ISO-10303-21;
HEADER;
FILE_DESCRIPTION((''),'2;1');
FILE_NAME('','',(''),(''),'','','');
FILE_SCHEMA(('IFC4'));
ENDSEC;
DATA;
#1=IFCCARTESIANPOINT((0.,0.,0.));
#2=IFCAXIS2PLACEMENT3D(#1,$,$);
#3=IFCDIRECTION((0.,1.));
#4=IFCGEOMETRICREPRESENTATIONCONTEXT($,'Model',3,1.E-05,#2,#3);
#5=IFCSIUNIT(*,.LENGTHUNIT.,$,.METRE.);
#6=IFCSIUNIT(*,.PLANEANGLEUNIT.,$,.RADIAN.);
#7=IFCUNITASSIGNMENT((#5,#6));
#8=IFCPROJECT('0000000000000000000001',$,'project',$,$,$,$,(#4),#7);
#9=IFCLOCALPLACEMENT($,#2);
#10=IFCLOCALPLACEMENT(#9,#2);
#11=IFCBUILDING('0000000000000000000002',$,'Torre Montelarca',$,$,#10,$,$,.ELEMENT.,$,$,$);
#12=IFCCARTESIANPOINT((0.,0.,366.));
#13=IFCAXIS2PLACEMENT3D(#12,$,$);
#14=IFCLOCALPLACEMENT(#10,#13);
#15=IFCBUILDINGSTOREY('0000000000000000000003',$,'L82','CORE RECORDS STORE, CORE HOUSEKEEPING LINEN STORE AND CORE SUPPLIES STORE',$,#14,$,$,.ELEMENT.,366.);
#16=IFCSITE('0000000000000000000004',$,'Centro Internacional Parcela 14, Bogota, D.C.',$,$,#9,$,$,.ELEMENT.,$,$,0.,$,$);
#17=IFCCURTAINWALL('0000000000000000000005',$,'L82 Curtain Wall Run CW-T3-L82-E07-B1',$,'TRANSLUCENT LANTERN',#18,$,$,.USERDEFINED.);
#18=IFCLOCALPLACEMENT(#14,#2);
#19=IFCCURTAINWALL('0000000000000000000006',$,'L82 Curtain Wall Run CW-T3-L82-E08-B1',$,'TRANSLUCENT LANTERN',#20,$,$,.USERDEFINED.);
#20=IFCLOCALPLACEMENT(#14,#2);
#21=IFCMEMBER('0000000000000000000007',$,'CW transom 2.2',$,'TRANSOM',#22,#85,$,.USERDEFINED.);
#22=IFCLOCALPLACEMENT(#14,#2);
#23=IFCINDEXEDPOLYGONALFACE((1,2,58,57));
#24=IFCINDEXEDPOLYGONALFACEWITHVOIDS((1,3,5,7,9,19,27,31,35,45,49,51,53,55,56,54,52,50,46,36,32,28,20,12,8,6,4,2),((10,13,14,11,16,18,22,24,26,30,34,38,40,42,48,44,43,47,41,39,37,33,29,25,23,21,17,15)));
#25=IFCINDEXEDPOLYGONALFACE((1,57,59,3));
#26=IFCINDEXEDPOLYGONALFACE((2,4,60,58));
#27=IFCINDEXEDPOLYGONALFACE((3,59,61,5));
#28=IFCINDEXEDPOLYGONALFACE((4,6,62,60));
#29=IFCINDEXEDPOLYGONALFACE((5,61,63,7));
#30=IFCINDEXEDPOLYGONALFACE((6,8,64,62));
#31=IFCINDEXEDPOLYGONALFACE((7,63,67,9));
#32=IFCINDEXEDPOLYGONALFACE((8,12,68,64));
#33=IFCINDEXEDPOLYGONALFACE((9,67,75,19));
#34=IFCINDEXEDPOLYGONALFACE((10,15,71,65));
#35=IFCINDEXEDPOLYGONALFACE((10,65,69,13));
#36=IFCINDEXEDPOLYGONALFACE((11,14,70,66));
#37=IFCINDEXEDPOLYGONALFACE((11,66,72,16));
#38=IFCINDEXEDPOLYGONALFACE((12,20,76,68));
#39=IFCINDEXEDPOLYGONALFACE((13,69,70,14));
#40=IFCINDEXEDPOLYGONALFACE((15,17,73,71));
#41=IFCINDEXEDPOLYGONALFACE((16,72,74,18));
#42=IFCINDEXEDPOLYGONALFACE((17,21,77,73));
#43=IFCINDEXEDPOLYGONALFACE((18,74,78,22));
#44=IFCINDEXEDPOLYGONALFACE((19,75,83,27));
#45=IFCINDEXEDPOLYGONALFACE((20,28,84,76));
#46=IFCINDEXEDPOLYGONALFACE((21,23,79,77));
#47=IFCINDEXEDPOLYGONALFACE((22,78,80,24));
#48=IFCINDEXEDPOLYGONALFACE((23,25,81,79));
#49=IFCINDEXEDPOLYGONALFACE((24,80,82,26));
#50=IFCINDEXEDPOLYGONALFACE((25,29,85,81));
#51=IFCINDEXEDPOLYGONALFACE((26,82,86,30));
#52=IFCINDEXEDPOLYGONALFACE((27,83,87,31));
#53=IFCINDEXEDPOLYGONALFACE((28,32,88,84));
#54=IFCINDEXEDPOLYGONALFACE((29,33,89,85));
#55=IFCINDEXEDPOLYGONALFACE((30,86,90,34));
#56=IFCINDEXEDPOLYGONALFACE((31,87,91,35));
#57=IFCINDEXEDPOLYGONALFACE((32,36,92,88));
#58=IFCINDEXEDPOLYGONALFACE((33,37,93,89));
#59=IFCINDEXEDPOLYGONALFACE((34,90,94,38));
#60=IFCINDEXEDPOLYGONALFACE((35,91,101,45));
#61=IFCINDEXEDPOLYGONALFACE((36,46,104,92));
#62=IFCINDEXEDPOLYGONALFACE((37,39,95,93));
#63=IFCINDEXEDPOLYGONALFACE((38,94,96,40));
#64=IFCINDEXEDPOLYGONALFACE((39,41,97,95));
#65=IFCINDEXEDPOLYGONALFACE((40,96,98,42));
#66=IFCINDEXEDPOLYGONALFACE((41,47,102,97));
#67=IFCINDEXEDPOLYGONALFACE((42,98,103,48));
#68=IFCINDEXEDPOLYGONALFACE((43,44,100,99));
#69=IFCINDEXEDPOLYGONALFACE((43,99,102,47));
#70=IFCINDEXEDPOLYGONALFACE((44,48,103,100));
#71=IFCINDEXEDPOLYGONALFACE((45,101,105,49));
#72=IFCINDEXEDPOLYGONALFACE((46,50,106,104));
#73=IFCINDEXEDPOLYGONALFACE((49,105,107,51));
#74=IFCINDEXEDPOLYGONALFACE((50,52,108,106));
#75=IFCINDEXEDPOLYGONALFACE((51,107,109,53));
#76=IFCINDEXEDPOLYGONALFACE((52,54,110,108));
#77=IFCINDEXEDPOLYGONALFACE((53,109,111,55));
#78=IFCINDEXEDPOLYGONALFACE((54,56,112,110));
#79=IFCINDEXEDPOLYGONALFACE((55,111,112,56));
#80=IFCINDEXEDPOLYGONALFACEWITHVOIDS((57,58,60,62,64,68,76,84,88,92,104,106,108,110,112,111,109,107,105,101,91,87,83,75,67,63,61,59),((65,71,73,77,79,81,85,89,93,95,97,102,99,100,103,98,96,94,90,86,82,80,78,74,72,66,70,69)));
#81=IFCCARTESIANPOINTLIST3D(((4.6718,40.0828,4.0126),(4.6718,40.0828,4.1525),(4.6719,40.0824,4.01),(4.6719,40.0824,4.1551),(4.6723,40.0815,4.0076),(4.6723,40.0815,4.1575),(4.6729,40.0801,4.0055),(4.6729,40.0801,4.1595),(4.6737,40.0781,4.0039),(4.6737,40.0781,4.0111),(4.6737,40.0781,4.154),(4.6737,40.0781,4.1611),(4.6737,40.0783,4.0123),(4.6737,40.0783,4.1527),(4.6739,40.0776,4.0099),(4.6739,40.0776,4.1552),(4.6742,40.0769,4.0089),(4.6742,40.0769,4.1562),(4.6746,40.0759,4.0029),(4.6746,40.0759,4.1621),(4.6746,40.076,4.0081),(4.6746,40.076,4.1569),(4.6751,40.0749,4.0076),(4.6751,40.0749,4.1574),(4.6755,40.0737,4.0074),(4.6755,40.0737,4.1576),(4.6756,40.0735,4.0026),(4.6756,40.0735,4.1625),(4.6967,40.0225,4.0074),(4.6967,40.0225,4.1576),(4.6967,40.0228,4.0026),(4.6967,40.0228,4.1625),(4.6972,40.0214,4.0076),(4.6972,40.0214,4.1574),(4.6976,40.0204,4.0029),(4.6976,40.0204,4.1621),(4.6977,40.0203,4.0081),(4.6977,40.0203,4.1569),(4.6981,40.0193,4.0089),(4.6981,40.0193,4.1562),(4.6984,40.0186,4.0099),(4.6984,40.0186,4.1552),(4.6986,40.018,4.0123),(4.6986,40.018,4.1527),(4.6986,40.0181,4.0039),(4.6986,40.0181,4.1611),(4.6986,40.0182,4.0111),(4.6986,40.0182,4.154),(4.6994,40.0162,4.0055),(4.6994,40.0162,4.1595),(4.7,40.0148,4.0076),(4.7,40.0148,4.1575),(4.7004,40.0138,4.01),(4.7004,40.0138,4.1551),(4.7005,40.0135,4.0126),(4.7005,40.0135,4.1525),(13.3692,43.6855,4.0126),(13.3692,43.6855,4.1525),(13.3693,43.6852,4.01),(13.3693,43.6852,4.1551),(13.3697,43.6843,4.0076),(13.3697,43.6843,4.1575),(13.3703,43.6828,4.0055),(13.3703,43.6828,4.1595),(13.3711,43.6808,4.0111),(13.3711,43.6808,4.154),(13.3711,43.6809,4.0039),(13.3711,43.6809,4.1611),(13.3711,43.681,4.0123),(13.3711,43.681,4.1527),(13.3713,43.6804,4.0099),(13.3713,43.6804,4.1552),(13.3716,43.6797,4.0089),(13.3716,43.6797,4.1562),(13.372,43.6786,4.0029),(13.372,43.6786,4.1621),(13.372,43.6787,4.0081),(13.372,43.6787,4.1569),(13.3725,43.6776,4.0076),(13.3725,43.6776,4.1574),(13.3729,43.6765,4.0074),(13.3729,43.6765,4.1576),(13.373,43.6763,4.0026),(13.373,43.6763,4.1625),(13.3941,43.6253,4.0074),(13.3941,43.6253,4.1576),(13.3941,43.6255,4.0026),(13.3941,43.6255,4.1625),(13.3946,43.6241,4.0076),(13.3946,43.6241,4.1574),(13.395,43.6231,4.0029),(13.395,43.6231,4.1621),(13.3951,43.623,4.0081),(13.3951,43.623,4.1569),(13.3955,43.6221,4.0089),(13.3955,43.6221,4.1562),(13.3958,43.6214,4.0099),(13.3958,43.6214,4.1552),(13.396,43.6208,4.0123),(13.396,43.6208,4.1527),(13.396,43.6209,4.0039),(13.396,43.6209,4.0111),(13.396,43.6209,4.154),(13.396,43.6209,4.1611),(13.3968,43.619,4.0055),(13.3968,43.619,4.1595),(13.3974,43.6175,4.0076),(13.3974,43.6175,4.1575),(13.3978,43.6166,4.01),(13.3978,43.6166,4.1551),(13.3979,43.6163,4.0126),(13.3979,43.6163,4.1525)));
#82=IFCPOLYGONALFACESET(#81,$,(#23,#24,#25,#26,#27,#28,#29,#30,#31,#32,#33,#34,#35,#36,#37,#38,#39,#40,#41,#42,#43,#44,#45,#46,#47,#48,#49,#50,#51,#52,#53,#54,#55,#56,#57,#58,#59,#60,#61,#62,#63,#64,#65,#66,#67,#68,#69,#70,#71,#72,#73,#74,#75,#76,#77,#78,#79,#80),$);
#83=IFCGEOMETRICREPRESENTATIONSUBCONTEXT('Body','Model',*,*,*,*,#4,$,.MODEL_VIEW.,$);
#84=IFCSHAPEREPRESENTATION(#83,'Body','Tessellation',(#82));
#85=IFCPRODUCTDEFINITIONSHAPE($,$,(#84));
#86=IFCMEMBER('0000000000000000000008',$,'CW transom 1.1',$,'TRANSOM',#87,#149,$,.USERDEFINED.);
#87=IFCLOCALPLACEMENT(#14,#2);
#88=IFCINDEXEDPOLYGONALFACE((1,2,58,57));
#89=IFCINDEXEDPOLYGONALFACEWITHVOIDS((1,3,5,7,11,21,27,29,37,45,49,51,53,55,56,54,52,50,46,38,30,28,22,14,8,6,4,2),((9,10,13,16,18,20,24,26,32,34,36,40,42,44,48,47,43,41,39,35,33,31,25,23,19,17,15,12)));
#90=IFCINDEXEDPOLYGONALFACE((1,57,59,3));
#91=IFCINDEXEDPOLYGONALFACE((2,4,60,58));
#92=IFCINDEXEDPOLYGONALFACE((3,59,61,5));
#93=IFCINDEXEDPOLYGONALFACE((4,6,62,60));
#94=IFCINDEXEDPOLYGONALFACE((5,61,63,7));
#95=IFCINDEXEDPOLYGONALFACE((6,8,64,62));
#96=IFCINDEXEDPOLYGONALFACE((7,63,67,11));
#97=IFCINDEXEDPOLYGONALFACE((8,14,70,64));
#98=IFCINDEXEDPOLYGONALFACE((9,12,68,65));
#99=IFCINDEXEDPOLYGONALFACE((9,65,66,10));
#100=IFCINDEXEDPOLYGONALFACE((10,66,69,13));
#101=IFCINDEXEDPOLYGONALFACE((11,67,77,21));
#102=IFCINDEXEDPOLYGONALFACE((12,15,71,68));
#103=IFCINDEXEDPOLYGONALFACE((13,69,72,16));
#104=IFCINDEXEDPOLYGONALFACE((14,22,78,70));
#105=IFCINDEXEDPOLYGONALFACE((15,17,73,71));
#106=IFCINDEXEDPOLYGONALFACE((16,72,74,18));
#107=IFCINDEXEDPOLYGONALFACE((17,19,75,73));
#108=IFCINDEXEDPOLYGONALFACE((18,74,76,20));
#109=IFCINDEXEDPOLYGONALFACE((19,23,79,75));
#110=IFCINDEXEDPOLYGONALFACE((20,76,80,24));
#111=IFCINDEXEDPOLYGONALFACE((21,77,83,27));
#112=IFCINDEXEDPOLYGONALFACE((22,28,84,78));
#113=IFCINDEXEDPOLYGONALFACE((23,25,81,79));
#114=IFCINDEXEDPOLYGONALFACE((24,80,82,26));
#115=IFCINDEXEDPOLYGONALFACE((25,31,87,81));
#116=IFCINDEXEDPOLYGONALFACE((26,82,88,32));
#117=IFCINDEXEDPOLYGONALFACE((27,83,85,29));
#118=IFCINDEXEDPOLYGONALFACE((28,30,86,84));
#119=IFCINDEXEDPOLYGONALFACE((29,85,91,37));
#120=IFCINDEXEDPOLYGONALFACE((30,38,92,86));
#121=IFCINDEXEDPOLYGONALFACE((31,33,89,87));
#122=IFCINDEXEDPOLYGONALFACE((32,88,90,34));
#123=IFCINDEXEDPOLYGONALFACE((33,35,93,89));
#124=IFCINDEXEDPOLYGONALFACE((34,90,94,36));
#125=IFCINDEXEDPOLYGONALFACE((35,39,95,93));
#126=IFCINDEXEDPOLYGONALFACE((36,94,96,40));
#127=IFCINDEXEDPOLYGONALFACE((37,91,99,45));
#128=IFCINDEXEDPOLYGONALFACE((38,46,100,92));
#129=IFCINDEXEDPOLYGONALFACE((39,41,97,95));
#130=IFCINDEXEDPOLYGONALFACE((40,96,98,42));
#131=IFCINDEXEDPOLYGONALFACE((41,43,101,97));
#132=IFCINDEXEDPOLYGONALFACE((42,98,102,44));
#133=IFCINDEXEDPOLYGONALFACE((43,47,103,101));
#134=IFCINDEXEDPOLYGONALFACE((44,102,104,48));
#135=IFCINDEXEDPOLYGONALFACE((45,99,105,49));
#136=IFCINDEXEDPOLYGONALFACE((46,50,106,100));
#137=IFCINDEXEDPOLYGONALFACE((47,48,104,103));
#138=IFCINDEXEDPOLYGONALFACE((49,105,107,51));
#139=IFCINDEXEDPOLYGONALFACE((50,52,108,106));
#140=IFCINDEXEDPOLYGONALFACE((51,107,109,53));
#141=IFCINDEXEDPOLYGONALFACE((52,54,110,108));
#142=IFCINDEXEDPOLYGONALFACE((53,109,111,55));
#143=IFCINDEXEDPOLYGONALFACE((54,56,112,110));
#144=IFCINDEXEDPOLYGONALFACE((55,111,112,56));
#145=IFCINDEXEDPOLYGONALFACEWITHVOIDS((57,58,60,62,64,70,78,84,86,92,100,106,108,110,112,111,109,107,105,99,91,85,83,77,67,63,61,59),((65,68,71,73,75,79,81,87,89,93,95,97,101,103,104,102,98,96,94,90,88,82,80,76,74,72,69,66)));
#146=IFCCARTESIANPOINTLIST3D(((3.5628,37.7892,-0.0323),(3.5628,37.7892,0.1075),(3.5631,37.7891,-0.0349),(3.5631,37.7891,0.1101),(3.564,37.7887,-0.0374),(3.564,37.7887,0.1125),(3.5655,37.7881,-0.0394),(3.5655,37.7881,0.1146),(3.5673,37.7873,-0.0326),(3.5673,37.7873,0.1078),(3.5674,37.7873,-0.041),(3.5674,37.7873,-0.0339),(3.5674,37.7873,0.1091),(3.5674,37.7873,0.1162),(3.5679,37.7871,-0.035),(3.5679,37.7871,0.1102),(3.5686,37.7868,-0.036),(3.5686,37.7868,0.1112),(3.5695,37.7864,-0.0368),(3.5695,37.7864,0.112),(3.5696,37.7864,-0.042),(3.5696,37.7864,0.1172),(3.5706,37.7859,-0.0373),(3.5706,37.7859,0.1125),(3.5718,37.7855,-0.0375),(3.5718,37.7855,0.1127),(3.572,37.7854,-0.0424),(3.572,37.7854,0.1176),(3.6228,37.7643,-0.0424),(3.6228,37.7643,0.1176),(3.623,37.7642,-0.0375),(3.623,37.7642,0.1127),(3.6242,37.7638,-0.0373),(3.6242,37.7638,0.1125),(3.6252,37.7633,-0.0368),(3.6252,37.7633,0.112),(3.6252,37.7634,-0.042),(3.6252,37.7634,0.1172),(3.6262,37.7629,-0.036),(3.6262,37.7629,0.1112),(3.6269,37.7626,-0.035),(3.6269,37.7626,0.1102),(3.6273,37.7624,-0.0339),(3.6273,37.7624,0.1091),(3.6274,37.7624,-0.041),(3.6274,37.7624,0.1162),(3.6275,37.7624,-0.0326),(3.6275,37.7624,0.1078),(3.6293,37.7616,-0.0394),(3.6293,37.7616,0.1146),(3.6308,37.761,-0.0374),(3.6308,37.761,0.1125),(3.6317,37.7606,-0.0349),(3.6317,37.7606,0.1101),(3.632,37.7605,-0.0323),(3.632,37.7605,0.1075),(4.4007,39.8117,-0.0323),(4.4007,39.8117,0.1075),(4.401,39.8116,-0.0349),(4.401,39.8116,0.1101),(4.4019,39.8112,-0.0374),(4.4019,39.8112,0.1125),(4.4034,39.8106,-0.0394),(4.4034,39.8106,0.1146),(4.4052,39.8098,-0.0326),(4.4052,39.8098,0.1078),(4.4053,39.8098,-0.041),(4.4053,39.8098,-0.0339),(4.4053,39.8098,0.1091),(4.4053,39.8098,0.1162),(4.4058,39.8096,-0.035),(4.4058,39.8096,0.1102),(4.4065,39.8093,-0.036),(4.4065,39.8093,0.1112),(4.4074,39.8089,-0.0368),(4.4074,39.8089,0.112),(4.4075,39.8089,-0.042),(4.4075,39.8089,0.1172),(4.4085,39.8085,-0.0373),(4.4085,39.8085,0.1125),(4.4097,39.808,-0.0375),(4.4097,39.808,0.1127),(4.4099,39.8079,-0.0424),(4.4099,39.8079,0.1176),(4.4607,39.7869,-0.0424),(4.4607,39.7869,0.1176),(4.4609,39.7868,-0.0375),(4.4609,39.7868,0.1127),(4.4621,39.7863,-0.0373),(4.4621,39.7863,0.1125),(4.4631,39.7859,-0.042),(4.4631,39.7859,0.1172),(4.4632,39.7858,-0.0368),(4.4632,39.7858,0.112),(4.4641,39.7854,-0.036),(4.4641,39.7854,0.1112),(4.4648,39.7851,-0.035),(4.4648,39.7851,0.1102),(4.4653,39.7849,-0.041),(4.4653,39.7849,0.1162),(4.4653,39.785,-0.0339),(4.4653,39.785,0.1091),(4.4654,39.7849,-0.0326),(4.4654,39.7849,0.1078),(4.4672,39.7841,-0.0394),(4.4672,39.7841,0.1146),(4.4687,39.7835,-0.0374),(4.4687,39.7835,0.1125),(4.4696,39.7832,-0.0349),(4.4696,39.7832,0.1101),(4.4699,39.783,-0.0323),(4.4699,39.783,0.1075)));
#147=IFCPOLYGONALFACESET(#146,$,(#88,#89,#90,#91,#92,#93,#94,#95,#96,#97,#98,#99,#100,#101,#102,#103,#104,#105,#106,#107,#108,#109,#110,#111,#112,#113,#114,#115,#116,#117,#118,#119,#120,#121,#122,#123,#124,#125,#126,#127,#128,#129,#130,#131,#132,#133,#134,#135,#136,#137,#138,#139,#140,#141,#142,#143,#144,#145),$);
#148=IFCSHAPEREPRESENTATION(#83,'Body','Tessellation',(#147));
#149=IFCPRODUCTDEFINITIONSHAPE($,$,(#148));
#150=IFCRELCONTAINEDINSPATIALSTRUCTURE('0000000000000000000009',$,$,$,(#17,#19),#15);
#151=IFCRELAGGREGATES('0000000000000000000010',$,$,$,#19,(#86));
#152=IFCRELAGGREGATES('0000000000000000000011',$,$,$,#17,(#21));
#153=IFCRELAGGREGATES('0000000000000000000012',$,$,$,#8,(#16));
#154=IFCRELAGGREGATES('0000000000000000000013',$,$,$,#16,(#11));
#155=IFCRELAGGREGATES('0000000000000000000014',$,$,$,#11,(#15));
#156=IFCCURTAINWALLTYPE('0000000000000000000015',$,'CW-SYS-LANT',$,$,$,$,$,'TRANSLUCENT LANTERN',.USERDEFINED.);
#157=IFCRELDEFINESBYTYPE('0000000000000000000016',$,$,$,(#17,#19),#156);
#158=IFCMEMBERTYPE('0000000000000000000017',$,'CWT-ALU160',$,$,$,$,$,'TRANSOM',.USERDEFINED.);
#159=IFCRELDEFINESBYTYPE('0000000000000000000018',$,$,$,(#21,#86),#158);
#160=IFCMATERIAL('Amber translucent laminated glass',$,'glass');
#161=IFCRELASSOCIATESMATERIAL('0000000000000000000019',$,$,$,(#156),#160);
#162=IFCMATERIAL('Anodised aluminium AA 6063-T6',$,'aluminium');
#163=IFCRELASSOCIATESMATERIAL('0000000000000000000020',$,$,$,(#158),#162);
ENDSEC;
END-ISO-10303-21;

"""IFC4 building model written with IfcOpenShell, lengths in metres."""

from ifc_helpers import new_model, si_unit, direction, frame, origin, origin_2d, place, context, subcontext, project, spatial, hollow_rectangle, extrude, source, transform, mapped, material, material_profile, profile_set, type_object, element, aggregate, save


model = new_model("IFC4")

# Units and contexts
model_context = context("Model", 3, precision=1e-05, world=origin(), true_north=direction((0.0, 1.0)))
body_context = subcontext(model_context, "Body", "Model", "MODEL_VIEW")
ifc_project = project(units=[si_unit("LENGTHUNIT", "METRE"), si_unit("PLANEANGLEUNIT", "RADIAN")], contexts=[model_context])

# Site, building, storey
site_placement = place(None, origin())
site = spatial("IfcSite", under=ifc_project, at=site_placement, Name="Centro Internacional Parcela 14, Bogota, D.C.", CompositionType="ELEMENT", RefElevation=0.0)
building_placement = place(site_placement, origin())
building = spatial("IfcBuilding", under=site, at=building_placement, Name="Torre Montelarca", CompositionType="ELEMENT")
storey_placement = place(building_placement, frame((0.0, 0.0, 366.0)))
storey = spatial("IfcBuildingStorey", under=building, at=storey_placement, Name="L82", Description="CORE RECORDS STORE, CORE HOUSEKEEPING LINEN STORE AND CORE SUPPLIES STORE", CompositionType="ELEMENT", Elevation=366.0)

# Curtain wall
ifc_material_1 = material(Name="Amber translucent laminated glass", Category="glass")
curtain_wall_type = type_object("IfcCurtainWallType", Name="CW-SYS-LANT", ElementType="TRANSLUCENT LANTERN", PredefinedType="USERDEFINED", material=ifc_material_1)
curtain_wall_1_placement = place(storey_placement, origin())
curtain_wall_1 = element("IfcCurtainWall", 1, at=curtain_wall_1_placement, inside=storey, type_object=curtain_wall_type, Name="L82 Curtain Wall Run CW-T3-L82-E07-B1", ObjectType="TRANSLUCENT LANTERN", PredefinedType="USERDEFINED")
ifc_material_2 = material(Name="Anodised aluminium AA 6063-T6", Category="aluminium")

# Curtain wall
curtain_wall_2_placement = place(storey_placement, origin())
curtain_wall_2 = element("IfcCurtainWall", 2, at=curtain_wall_2_placement, inside=storey, type_object=curtain_wall_type, Name="L82 Curtain Wall Run CW-T3-L82-E08-B1", ObjectType="TRANSLUCENT LANTERN", PredefinedType="USERDEFINED")

# Members
ifc_material_profile_1 = material_profile(ifc_material_2, hollow_rectangle(XDim=0.075, YDim=0.1599, WallThickness=0.0049, InnerFilletRadius=0.0049, OuterFilletRadius=0.01, at=origin_2d()), Name="ALU75X160X5", Category="aluminium")
ifc_profile_set_1 = profile_set([ifc_material_profile_1], Name="Anodised aluminium AA 6063-T6")
member_type_1 = type_object("IfcMemberType", Name="CWT-ALU160", ElementType="TRANSOM", PredefinedType="USERDEFINED", material=ifc_profile_set_1)
shared_shape_1 = source(origin(), body_context, "Body", "SweptSolid", [
    extrude(hollow_rectangle(XDim=0.075, YDim=0.1599, WallThickness=0.0049, InnerFilletRadius=0.0049, OuterFilletRadius=0.01, at=origin_2d()), origin(), (0.0, 0.0, 1.0), 9.4141),
])
member_1_placement = place(storey_placement, frame((13.3835, 43.6509, 4.0825), z_axis=(-0.923874, -0.382698, 0.0), x_axis=(0.382698, -0.923874, 0.0)))
member_1 = element("IfcMember", 3, at=member_1_placement, type_object=member_type_1, Name="CW transom 2.2", ObjectType="TRANSOM", PredefinedType="USERDEFINED", context=body_context, shape_type="MappedRepresentation", body=[
    mapped(shared_shape_1, transform((0.0, 0.0, 0.0), scale=1.0)),
])
shared_shape_2 = source(origin(), body_context, "Body", "SweptSolid", [
    extrude(hollow_rectangle(XDim=0.075, YDim=0.1599, WallThickness=0.0049, InnerFilletRadius=0.0049, OuterFilletRadius=0.01, at=origin_2d()), origin(), (0.0, 0.0, 1.0), 2.1892),
])
member_2_placement = place(storey_placement, frame((4.4353, 39.7974, 0.0376), z_axis=(-0.382746, -0.923854, 0.0), x_axis=(0.923854, -0.382746, 0.0)))
member_2 = element("IfcMember", 4, at=member_2_placement, type_object=member_type_1, Name="CW transom 1.1", ObjectType="TRANSOM", PredefinedType="USERDEFINED", context=body_context, shape_type="MappedRepresentation", body=[
    mapped(shared_shape_2, transform((0.0, 0.0, 0.0), scale=1.0)),
])

aggregate(curtain_wall_2, [member_2])
aggregate(curtain_wall_1, [member_1])

save(model, "model.ifc")
